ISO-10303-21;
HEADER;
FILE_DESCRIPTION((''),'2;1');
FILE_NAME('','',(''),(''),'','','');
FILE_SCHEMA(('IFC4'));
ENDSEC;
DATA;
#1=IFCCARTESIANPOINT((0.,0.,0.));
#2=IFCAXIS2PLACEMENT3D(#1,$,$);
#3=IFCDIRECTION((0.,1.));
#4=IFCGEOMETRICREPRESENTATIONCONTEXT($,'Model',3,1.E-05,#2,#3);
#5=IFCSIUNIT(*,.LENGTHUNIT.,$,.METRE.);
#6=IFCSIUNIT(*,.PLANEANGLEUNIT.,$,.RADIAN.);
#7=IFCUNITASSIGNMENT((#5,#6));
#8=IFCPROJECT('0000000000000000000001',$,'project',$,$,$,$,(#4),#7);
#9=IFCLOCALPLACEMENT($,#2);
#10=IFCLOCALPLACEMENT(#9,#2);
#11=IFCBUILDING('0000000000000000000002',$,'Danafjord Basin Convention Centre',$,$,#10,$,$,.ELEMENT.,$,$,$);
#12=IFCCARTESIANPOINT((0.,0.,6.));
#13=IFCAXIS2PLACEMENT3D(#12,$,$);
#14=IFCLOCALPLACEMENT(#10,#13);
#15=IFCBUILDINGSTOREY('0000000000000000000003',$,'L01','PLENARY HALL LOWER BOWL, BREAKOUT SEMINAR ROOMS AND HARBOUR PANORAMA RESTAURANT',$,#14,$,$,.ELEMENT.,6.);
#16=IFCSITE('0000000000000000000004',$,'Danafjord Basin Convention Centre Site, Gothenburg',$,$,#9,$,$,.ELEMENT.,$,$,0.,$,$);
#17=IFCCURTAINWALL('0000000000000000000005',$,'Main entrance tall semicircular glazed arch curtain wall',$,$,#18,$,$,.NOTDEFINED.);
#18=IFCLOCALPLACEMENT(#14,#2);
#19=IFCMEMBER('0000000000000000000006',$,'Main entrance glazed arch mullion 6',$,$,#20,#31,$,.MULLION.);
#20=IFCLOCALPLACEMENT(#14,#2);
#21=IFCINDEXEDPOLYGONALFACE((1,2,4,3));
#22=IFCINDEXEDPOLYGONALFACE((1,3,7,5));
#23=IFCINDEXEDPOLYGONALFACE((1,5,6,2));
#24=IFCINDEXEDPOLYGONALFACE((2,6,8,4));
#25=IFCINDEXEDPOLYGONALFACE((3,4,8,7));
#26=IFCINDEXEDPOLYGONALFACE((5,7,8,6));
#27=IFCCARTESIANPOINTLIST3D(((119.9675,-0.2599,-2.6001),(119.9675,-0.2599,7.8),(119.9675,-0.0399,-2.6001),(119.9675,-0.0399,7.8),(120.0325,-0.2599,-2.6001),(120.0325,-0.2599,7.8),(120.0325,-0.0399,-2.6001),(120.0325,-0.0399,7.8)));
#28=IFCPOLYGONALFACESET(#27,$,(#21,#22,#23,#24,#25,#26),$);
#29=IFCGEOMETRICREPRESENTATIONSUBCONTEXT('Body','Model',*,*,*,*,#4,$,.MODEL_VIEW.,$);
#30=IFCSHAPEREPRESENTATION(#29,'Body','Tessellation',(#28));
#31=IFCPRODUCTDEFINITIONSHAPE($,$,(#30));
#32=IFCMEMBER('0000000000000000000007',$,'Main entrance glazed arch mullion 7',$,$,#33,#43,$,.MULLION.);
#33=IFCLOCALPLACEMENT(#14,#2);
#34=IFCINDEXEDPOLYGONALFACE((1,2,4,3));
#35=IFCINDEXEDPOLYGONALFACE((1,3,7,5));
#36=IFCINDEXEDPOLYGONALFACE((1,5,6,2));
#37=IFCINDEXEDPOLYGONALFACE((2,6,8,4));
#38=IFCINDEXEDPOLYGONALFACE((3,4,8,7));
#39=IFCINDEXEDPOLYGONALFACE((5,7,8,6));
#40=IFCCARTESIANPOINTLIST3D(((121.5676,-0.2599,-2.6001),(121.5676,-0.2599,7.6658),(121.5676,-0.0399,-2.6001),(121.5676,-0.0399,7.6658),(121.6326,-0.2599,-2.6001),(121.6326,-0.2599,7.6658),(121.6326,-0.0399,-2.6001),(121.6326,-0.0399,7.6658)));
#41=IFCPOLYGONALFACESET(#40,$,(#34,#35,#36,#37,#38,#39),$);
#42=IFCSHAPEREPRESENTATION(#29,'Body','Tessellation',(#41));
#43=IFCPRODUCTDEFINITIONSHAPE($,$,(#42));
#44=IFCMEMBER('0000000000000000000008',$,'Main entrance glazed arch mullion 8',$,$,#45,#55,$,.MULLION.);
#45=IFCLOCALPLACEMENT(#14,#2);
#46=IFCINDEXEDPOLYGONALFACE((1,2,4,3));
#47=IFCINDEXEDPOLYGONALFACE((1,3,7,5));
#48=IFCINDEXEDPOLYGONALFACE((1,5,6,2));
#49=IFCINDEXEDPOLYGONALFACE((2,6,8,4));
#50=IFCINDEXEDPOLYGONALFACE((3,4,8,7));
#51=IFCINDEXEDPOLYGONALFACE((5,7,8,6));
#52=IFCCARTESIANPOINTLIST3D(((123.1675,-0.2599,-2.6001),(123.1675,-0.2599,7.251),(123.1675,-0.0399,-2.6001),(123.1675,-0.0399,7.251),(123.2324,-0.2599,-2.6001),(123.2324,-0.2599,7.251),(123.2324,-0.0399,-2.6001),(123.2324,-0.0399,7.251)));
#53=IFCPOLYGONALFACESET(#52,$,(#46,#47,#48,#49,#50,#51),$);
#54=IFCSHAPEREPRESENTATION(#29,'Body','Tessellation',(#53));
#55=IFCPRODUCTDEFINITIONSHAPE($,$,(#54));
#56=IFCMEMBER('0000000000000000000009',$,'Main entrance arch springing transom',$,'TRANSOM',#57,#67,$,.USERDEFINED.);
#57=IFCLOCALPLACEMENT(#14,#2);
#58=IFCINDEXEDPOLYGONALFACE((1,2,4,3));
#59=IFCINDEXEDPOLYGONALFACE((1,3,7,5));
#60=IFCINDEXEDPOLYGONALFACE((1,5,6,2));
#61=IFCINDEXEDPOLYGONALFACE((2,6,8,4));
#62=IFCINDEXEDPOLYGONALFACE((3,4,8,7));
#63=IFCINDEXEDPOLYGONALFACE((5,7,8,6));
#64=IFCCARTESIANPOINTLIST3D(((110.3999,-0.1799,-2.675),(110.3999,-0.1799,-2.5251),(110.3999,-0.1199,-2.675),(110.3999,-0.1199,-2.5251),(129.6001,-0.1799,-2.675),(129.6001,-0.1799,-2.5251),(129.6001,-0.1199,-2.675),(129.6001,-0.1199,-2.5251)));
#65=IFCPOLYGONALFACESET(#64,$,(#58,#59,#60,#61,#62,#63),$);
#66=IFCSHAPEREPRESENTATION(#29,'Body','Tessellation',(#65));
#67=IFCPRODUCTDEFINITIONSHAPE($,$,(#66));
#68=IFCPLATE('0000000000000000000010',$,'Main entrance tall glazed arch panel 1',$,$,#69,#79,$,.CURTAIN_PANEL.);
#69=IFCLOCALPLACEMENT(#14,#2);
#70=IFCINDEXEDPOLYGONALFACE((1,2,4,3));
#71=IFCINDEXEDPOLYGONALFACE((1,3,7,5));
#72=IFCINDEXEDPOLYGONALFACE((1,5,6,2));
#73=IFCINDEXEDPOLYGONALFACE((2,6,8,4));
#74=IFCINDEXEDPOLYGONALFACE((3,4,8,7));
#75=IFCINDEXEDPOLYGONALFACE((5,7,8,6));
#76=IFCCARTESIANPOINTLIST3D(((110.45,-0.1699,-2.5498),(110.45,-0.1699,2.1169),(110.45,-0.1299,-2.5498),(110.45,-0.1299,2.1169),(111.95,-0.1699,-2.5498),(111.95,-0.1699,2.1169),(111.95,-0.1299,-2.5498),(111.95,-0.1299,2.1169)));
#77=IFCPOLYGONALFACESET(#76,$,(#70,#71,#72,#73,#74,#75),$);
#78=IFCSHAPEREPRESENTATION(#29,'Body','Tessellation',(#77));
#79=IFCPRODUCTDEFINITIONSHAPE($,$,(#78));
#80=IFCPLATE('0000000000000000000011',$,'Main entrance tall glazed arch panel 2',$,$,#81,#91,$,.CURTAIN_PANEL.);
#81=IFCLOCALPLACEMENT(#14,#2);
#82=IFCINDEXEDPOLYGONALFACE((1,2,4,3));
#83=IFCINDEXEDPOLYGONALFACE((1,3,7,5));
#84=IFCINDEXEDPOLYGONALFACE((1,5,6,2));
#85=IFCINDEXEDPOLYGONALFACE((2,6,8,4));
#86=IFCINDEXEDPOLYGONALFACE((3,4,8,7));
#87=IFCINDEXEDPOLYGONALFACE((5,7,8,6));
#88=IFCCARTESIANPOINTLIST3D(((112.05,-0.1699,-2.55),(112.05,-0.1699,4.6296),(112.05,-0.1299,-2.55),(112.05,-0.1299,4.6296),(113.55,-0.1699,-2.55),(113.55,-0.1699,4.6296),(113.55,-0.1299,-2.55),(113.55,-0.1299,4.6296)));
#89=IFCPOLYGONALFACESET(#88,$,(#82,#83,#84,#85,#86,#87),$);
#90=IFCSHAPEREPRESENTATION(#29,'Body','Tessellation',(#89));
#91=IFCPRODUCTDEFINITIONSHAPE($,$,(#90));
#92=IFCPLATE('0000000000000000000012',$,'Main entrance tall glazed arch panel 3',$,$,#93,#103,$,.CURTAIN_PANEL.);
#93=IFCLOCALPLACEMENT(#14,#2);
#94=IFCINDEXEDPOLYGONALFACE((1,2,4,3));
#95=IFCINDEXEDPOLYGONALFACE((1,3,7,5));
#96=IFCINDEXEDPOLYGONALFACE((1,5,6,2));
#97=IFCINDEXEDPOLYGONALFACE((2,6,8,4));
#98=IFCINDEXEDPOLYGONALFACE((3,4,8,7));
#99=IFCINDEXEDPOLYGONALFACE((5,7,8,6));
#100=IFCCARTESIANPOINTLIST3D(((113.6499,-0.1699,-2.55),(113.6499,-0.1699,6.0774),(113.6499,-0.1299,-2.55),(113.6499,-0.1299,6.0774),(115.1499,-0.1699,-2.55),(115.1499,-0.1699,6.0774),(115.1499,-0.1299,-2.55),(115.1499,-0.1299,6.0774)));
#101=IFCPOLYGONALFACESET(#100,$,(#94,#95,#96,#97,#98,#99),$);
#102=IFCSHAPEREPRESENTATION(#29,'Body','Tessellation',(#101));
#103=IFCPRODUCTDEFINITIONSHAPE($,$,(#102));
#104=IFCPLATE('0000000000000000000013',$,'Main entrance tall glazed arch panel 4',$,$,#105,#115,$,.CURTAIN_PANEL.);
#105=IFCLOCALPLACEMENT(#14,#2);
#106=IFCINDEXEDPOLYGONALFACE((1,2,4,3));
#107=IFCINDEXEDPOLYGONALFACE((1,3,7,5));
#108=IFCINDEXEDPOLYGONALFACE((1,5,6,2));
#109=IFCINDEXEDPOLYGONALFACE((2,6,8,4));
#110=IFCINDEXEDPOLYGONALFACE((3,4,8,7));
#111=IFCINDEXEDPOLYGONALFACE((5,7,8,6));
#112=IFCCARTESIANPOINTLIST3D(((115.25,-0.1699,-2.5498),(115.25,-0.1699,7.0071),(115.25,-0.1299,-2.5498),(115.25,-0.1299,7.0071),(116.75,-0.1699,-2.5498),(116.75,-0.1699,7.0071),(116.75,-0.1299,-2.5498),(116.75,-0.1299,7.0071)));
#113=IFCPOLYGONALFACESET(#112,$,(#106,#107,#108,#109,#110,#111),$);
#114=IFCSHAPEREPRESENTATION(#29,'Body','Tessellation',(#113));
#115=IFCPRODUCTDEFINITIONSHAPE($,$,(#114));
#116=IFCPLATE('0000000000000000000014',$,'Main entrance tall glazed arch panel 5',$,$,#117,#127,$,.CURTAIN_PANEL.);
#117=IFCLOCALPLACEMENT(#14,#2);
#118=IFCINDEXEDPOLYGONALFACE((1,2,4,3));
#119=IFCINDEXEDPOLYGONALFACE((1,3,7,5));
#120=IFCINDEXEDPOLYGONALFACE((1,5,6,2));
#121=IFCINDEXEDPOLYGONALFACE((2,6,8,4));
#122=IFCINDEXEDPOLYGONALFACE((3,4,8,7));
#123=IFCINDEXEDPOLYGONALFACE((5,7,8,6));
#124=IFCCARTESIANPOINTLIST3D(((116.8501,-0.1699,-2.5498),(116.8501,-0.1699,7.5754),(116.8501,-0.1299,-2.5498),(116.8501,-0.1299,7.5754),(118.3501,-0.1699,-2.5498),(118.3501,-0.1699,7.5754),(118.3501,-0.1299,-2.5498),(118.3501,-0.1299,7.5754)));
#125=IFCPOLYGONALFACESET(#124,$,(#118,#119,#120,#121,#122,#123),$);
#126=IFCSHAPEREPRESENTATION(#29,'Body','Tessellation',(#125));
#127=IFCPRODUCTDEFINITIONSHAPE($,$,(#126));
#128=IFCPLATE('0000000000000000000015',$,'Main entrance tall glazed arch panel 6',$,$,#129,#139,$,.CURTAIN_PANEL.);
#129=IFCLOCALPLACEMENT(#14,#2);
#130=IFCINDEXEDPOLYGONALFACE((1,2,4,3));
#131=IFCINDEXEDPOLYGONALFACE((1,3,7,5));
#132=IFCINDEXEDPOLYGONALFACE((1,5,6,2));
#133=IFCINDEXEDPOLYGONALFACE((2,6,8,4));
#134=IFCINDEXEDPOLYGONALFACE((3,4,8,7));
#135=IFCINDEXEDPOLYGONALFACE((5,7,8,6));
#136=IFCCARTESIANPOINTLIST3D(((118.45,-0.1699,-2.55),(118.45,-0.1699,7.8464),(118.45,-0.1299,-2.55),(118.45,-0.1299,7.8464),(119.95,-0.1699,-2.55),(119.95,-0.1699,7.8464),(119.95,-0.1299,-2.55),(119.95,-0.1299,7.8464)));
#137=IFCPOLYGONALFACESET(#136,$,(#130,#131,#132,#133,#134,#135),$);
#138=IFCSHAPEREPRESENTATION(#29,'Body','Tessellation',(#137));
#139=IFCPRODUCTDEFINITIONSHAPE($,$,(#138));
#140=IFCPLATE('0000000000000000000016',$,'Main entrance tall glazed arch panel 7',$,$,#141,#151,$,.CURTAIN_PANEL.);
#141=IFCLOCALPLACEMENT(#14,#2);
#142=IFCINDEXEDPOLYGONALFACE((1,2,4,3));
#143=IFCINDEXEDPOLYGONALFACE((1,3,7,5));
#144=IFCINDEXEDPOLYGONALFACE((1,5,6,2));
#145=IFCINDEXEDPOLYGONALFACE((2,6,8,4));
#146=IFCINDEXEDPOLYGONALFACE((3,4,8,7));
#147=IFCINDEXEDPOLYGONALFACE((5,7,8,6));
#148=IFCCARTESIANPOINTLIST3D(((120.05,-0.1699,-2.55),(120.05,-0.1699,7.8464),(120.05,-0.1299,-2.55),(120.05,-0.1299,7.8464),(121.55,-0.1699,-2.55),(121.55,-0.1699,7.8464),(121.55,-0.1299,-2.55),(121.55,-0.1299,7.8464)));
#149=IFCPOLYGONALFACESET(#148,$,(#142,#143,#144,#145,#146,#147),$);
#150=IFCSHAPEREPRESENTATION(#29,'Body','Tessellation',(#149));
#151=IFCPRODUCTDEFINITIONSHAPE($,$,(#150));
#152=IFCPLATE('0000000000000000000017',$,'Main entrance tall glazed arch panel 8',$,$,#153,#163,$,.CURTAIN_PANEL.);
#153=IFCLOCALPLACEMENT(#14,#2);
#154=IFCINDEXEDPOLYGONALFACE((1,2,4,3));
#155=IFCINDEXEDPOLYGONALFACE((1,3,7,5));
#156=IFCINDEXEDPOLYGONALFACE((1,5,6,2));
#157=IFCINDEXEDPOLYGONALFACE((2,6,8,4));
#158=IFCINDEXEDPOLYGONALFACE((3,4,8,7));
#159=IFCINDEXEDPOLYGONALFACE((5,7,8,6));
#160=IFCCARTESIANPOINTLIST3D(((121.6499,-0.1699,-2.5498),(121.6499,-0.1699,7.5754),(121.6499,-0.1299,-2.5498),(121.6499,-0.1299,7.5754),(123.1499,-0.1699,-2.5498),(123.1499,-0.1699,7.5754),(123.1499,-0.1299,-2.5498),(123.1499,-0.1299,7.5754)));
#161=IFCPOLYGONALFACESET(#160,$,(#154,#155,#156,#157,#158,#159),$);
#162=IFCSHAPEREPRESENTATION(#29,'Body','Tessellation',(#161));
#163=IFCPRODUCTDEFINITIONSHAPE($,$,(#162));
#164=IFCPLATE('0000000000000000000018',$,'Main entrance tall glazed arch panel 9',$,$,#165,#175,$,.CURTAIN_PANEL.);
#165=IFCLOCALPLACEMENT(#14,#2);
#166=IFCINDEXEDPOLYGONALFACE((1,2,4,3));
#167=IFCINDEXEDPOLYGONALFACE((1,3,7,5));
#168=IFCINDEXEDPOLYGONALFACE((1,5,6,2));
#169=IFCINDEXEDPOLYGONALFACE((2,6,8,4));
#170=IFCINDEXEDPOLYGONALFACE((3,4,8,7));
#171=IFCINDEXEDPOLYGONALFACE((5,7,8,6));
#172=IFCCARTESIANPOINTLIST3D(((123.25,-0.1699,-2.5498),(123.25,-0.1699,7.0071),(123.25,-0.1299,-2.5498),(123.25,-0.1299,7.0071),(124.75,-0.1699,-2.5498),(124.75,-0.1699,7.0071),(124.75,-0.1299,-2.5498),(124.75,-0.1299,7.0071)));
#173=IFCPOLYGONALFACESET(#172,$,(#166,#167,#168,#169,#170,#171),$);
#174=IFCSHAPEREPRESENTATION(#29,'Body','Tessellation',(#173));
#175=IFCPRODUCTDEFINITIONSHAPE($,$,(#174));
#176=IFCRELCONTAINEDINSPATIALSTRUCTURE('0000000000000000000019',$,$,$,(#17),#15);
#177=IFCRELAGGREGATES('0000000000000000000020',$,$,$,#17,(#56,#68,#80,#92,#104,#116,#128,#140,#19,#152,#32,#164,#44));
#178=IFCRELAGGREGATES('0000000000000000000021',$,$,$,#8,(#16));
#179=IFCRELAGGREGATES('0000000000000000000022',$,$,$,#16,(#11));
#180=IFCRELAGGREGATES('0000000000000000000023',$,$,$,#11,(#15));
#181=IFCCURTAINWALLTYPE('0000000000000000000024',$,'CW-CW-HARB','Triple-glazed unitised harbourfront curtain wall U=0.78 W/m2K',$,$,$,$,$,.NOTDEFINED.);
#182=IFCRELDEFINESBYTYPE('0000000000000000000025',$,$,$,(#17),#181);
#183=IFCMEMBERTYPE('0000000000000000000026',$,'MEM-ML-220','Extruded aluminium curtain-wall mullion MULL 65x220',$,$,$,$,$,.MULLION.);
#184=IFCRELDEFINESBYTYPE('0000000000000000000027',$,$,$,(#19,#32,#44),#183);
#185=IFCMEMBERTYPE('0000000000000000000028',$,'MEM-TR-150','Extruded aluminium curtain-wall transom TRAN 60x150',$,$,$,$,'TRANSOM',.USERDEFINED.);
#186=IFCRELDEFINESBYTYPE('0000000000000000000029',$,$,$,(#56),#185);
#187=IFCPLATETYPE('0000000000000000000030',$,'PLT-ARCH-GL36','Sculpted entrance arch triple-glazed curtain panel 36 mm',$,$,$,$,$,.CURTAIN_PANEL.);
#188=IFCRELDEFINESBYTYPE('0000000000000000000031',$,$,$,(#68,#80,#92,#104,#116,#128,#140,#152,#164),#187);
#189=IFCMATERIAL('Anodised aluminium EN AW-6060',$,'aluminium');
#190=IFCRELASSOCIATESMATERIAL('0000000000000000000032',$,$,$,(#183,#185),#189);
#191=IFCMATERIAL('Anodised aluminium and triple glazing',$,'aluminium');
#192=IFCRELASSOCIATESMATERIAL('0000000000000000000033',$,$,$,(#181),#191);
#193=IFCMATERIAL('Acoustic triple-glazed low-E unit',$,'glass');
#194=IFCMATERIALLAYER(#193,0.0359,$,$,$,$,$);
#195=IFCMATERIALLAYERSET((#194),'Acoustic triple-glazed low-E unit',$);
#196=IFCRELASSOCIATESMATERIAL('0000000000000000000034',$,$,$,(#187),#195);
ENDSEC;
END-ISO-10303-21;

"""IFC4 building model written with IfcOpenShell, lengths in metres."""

from ifc_helpers import new_model, si_unit, direction, frame, origin, origin_2d, place, context, subcontext, project, spatial, rectangle, extrude, material, layer, layer_set, material_profile, profile_set, type_object, element, aggregate, save


model = new_model("IFC4")

# Units and contexts
model_context = context("Model", 3, precision=1e-05, world=origin(), true_north=direction((0.0, 1.0)))
body_context = subcontext(model_context, "Body", "Model", "MODEL_VIEW")
ifc_project = project(units=[si_unit("LENGTHUNIT", "METRE"), si_unit("PLANEANGLEUNIT", "RADIAN")], contexts=[model_context])

# Site, building, storey
site_placement = place(None, origin())
site = spatial("IfcSite", under=ifc_project, at=site_placement, Name="Danafjord Basin Convention Centre Site, Gothenburg", CompositionType="ELEMENT", RefElevation=0.0)
building_placement = place(site_placement, origin())
building = spatial("IfcBuilding", under=site, at=building_placement, Name="Danafjord Basin Convention Centre", CompositionType="ELEMENT")
storey_placement = place(building_placement, frame((0.0, 0.0, 6.0)))
storey = spatial("IfcBuildingStorey", under=building, at=storey_placement, Name="L01", Description="PLENARY HALL LOWER BOWL, BREAKOUT SEMINAR ROOMS AND HARBOUR PANORAMA RESTAURANT", CompositionType="ELEMENT", Elevation=6.0)

# Shared definitions
ifc_material_1 = material(Name="Anodised aluminium and triple glazing", Category="aluminium")
ifc_material_2 = material(Name="Anodised aluminium EN AW-6060", Category="aluminium")
ifc_material_profile_1 = material_profile(ifc_material_2, rectangle(XDim=0.0649, YDim=0.22, at=origin_2d()), Name="MULL 65x220")
ifc_profile_set_1 = profile_set([ifc_material_profile_1], Name="Anodised aluminium EN AW-6060")
member_type_1 = type_object("IfcMemberType", Name="MEM-ML-220", Description="Extruded aluminium curtain-wall mullion MULL 65x220", PredefinedType="MULLION", material=ifc_profile_set_1)

# Curtain wall, members, plates
curtain_wall_type_1 = type_object("IfcCurtainWallType", Name="CW-CW-HARB", Description="Triple-glazed unitised harbourfront curtain wall U=0.78 W/m2K", PredefinedType="NOTDEFINED", material=ifc_material_1)
curtain_wall_1_placement = place(storey_placement, origin())
curtain_wall_1 = element("IfcCurtainWall", 1, at=curtain_wall_1_placement, inside=storey, type_object=curtain_wall_type_1, Name="Main entrance tall semicircular glazed arch curtain wall", PredefinedType="NOTDEFINED")
member_1_placement = place(storey_placement, frame((120.0, -0.1499, -2.6001), z_axis=(0.0, 0.0, 1.0), x_axis=(1.0, 0.0, 0.0)))
member_1 = element("IfcMember", 2, at=member_1_placement, type_object=member_type_1, Name="Main entrance glazed arch mullion 6", PredefinedType="MULLION", context=body_context, shape_type="SweptSolid", body=[
    extrude(rectangle(XDim=0.0649, YDim=0.22, at=origin_2d()), origin(), (0.0, 0.0, 1.0), 10.4001),
])
member_2_placement = place(storey_placement, frame((121.6001, -0.1499, -2.6001), z_axis=(0.0, 0.0, 1.0), x_axis=(1.0, 0.0, 0.0)))
member_2 = element("IfcMember", 3, at=member_2_placement, type_object=member_type_1, Name="Main entrance glazed arch mullion 7", PredefinedType="MULLION", context=body_context, shape_type="SweptSolid", body=[
    extrude(rectangle(XDim=0.0649, YDim=0.22, at=origin_2d()), origin(), (0.0, 0.0, 1.0), 10.2659),
])
member_3_placement = place(storey_placement, frame((123.2, -0.1499, -2.6001), z_axis=(0.0, 0.0, 1.0), x_axis=(1.0, 0.0, 0.0)))
member_3 = element("IfcMember", 4, at=member_3_placement, type_object=member_type_1, Name="Main entrance glazed arch mullion 8", PredefinedType="MULLION", context=body_context, shape_type="SweptSolid", body=[
    extrude(rectangle(XDim=0.0649, YDim=0.22, at=origin_2d()), origin(), (0.0, 0.0, 1.0), 9.8511),
])
ifc_material_profile_2 = material_profile(ifc_material_2, rectangle(XDim=0.0601, YDim=0.1499, at=origin_2d()), Name="TRAN 60x150")
ifc_profile_set_2 = profile_set([ifc_material_profile_2], Name="Anodised aluminium EN AW-6060")
member_type_2 = type_object("IfcMemberType", Name="MEM-TR-150", Description="Extruded aluminium curtain-wall transom TRAN 60x150", ElementType="TRANSOM", PredefinedType="USERDEFINED", material=ifc_profile_set_2)
member_4_placement = place(storey_placement, frame((110.3999, -0.1499, -2.6001), z_axis=(1.0, 0.0, 0.0), x_axis=(0.0, 1.0, 0.0)))
member_4 = element("IfcMember", 5, at=member_4_placement, type_object=member_type_2, Name="Main entrance arch springing transom", ObjectType="TRANSOM", PredefinedType="USERDEFINED", context=body_context, shape_type="SweptSolid", body=[
    extrude(rectangle(XDim=0.0601, YDim=0.1499, at=origin_2d()), origin(), (0.0, 0.0, 1.0), 19.2002),
])
ifc_material_3 = material(Name="Acoustic triple-glazed low-E unit", Category="glass")
ifc_layer_1 = layer(ifc_material_3, 0.0359)
ifc_layer_set_1 = layer_set([ifc_layer_1], Name="Acoustic triple-glazed low-E unit")
plate_type = type_object("IfcPlateType", Name="PLT-ARCH-GL36", Description="Sculpted entrance arch triple-glazed curtain panel 36 mm", PredefinedType="CURTAIN_PANEL", material=ifc_layer_set_1)
plate_1_placement = place(storey_placement, frame((111.2, -0.1499, -2.5498), z_axis=(0.0, 0.0, 1.0), x_axis=(1.0, 0.0, 0.0)))
plate_1 = element("IfcPlate", 6, at=plate_1_placement, type_object=plate_type, Name="Main entrance tall glazed arch panel 1", PredefinedType="CURTAIN_PANEL", context=body_context, shape_type="SweptSolid", body=[
    extrude(rectangle(XDim=1.5, YDim=0.04, at=origin_2d()), origin(), (0.0, 0.0, 1.0), 4.6667),
])
plate_2_placement = place(storey_placement, frame((112.8, -0.1499, -2.55), z_axis=(0.0, 0.0, 1.0), x_axis=(1.0, 0.0, 0.0)))
plate_2 = element("IfcPlate", 7, at=plate_2_placement, type_object=plate_type, Name="Main entrance tall glazed arch panel 2", PredefinedType="CURTAIN_PANEL", context=body_context, shape_type="SweptSolid", body=[
    extrude(rectangle(XDim=1.5, YDim=0.04, at=origin_2d()), origin(), (0.0, 0.0, 1.0), 7.1797),
])
plate_3_placement = place(storey_placement, frame((114.3999, -0.1499, -2.55), z_axis=(0.0, 0.0, 1.0), x_axis=(1.0, 0.0, 0.0)))
plate_3 = element("IfcPlate", 8, at=plate_3_placement, type_object=plate_type, Name="Main entrance tall glazed arch panel 3", PredefinedType="CURTAIN_PANEL", context=body_context, shape_type="SweptSolid", body=[
    extrude(rectangle(XDim=1.5, YDim=0.04, at=origin_2d()), origin(), (0.0, 0.0, 1.0), 8.6274),
])
plate_4_placement = place(storey_placement, frame((116.0, -0.1499, -2.5498), z_axis=(0.0, 0.0, 1.0), x_axis=(1.0, 0.0, 0.0)))
plate_4 = element("IfcPlate", 9, at=plate_4_placement, type_object=plate_type, Name="Main entrance tall glazed arch panel 4", PredefinedType="CURTAIN_PANEL", context=body_context, shape_type="SweptSolid", body=[
    extrude(rectangle(XDim=1.5, YDim=0.04, at=origin_2d()), origin(), (0.0, 0.0, 1.0), 9.5569),
])
plate_5_placement = place(storey_placement, frame((117.6001, -0.1499, -2.5498), z_axis=(0.0, 0.0, 1.0), x_axis=(1.0, 0.0, 0.0)))
plate_5 = element("IfcPlate", 10, at=plate_5_placement, type_object=plate_type, Name="Main entrance tall glazed arch panel 5", PredefinedType="CURTAIN_PANEL", context=body_context, shape_type="SweptSolid", body=[
    extrude(rectangle(XDim=1.5, YDim=0.04, at=origin_2d()), origin(), (0.0, 0.0, 1.0), 10.1252),
])
plate_6_placement = place(storey_placement, frame((119.2, -0.1499, -2.55), z_axis=(0.0, 0.0, 1.0), x_axis=(1.0, 0.0, 0.0)))
plate_6 = element("IfcPlate", 11, at=plate_6_placement, type_object=plate_type, Name="Main entrance tall glazed arch panel 6", PredefinedType="CURTAIN_PANEL", context=body_context, shape_type="SweptSolid", body=[
    extrude(rectangle(XDim=1.5, YDim=0.04, at=origin_2d()), origin(), (0.0, 0.0, 1.0), 10.3965),
])
plate_7_placement = place(storey_placement, frame((120.8, -0.1499, -2.55), z_axis=(0.0, 0.0, 1.0), x_axis=(1.0, 0.0, 0.0)))
plate_7 = element("IfcPlate", 12, at=plate_7_placement, type_object=plate_type, Name="Main entrance tall glazed arch panel 7", PredefinedType="CURTAIN_PANEL", context=body_context, shape_type="SweptSolid", body=[
    extrude(rectangle(XDim=1.5, YDim=0.04, at=origin_2d()), origin(), (0.0, 0.0, 1.0), 10.3965),
])
plate_8_placement = place(storey_placement, frame((122.3999, -0.1499, -2.5498), z_axis=(0.0, 0.0, 1.0), x_axis=(1.0, 0.0, 0.0)))
plate_8 = element("IfcPlate", 13, at=plate_8_placement, type_object=plate_type, Name="Main entrance tall glazed arch panel 8", PredefinedType="CURTAIN_PANEL", context=body_context, shape_type="SweptSolid", body=[
    extrude(rectangle(XDim=1.5, YDim=0.04, at=origin_2d()), origin(), (0.0, 0.0, 1.0), 10.1252),
])
plate_9_placement = place(storey_placement, frame((124.0, -0.1499, -2.5498), z_axis=(0.0, 0.0, 1.0), x_axis=(1.0, 0.0, 0.0)))
plate_9 = element("IfcPlate", 14, at=plate_9_placement, type_object=plate_type, Name="Main entrance tall glazed arch panel 9", PredefinedType="CURTAIN_PANEL", context=body_context, shape_type="SweptSolid", body=[
    extrude(rectangle(XDim=1.5, YDim=0.04, at=origin_2d()), origin(), (0.0, 0.0, 1.0), 9.5569),
])
aggregate(curtain_wall_1, [member_4, plate_1, plate_2, plate_3, plate_4, plate_5, plate_6, plate_7, member_1, plate_8, member_2, plate_9, member_3])

save(model, "model.ifc")
